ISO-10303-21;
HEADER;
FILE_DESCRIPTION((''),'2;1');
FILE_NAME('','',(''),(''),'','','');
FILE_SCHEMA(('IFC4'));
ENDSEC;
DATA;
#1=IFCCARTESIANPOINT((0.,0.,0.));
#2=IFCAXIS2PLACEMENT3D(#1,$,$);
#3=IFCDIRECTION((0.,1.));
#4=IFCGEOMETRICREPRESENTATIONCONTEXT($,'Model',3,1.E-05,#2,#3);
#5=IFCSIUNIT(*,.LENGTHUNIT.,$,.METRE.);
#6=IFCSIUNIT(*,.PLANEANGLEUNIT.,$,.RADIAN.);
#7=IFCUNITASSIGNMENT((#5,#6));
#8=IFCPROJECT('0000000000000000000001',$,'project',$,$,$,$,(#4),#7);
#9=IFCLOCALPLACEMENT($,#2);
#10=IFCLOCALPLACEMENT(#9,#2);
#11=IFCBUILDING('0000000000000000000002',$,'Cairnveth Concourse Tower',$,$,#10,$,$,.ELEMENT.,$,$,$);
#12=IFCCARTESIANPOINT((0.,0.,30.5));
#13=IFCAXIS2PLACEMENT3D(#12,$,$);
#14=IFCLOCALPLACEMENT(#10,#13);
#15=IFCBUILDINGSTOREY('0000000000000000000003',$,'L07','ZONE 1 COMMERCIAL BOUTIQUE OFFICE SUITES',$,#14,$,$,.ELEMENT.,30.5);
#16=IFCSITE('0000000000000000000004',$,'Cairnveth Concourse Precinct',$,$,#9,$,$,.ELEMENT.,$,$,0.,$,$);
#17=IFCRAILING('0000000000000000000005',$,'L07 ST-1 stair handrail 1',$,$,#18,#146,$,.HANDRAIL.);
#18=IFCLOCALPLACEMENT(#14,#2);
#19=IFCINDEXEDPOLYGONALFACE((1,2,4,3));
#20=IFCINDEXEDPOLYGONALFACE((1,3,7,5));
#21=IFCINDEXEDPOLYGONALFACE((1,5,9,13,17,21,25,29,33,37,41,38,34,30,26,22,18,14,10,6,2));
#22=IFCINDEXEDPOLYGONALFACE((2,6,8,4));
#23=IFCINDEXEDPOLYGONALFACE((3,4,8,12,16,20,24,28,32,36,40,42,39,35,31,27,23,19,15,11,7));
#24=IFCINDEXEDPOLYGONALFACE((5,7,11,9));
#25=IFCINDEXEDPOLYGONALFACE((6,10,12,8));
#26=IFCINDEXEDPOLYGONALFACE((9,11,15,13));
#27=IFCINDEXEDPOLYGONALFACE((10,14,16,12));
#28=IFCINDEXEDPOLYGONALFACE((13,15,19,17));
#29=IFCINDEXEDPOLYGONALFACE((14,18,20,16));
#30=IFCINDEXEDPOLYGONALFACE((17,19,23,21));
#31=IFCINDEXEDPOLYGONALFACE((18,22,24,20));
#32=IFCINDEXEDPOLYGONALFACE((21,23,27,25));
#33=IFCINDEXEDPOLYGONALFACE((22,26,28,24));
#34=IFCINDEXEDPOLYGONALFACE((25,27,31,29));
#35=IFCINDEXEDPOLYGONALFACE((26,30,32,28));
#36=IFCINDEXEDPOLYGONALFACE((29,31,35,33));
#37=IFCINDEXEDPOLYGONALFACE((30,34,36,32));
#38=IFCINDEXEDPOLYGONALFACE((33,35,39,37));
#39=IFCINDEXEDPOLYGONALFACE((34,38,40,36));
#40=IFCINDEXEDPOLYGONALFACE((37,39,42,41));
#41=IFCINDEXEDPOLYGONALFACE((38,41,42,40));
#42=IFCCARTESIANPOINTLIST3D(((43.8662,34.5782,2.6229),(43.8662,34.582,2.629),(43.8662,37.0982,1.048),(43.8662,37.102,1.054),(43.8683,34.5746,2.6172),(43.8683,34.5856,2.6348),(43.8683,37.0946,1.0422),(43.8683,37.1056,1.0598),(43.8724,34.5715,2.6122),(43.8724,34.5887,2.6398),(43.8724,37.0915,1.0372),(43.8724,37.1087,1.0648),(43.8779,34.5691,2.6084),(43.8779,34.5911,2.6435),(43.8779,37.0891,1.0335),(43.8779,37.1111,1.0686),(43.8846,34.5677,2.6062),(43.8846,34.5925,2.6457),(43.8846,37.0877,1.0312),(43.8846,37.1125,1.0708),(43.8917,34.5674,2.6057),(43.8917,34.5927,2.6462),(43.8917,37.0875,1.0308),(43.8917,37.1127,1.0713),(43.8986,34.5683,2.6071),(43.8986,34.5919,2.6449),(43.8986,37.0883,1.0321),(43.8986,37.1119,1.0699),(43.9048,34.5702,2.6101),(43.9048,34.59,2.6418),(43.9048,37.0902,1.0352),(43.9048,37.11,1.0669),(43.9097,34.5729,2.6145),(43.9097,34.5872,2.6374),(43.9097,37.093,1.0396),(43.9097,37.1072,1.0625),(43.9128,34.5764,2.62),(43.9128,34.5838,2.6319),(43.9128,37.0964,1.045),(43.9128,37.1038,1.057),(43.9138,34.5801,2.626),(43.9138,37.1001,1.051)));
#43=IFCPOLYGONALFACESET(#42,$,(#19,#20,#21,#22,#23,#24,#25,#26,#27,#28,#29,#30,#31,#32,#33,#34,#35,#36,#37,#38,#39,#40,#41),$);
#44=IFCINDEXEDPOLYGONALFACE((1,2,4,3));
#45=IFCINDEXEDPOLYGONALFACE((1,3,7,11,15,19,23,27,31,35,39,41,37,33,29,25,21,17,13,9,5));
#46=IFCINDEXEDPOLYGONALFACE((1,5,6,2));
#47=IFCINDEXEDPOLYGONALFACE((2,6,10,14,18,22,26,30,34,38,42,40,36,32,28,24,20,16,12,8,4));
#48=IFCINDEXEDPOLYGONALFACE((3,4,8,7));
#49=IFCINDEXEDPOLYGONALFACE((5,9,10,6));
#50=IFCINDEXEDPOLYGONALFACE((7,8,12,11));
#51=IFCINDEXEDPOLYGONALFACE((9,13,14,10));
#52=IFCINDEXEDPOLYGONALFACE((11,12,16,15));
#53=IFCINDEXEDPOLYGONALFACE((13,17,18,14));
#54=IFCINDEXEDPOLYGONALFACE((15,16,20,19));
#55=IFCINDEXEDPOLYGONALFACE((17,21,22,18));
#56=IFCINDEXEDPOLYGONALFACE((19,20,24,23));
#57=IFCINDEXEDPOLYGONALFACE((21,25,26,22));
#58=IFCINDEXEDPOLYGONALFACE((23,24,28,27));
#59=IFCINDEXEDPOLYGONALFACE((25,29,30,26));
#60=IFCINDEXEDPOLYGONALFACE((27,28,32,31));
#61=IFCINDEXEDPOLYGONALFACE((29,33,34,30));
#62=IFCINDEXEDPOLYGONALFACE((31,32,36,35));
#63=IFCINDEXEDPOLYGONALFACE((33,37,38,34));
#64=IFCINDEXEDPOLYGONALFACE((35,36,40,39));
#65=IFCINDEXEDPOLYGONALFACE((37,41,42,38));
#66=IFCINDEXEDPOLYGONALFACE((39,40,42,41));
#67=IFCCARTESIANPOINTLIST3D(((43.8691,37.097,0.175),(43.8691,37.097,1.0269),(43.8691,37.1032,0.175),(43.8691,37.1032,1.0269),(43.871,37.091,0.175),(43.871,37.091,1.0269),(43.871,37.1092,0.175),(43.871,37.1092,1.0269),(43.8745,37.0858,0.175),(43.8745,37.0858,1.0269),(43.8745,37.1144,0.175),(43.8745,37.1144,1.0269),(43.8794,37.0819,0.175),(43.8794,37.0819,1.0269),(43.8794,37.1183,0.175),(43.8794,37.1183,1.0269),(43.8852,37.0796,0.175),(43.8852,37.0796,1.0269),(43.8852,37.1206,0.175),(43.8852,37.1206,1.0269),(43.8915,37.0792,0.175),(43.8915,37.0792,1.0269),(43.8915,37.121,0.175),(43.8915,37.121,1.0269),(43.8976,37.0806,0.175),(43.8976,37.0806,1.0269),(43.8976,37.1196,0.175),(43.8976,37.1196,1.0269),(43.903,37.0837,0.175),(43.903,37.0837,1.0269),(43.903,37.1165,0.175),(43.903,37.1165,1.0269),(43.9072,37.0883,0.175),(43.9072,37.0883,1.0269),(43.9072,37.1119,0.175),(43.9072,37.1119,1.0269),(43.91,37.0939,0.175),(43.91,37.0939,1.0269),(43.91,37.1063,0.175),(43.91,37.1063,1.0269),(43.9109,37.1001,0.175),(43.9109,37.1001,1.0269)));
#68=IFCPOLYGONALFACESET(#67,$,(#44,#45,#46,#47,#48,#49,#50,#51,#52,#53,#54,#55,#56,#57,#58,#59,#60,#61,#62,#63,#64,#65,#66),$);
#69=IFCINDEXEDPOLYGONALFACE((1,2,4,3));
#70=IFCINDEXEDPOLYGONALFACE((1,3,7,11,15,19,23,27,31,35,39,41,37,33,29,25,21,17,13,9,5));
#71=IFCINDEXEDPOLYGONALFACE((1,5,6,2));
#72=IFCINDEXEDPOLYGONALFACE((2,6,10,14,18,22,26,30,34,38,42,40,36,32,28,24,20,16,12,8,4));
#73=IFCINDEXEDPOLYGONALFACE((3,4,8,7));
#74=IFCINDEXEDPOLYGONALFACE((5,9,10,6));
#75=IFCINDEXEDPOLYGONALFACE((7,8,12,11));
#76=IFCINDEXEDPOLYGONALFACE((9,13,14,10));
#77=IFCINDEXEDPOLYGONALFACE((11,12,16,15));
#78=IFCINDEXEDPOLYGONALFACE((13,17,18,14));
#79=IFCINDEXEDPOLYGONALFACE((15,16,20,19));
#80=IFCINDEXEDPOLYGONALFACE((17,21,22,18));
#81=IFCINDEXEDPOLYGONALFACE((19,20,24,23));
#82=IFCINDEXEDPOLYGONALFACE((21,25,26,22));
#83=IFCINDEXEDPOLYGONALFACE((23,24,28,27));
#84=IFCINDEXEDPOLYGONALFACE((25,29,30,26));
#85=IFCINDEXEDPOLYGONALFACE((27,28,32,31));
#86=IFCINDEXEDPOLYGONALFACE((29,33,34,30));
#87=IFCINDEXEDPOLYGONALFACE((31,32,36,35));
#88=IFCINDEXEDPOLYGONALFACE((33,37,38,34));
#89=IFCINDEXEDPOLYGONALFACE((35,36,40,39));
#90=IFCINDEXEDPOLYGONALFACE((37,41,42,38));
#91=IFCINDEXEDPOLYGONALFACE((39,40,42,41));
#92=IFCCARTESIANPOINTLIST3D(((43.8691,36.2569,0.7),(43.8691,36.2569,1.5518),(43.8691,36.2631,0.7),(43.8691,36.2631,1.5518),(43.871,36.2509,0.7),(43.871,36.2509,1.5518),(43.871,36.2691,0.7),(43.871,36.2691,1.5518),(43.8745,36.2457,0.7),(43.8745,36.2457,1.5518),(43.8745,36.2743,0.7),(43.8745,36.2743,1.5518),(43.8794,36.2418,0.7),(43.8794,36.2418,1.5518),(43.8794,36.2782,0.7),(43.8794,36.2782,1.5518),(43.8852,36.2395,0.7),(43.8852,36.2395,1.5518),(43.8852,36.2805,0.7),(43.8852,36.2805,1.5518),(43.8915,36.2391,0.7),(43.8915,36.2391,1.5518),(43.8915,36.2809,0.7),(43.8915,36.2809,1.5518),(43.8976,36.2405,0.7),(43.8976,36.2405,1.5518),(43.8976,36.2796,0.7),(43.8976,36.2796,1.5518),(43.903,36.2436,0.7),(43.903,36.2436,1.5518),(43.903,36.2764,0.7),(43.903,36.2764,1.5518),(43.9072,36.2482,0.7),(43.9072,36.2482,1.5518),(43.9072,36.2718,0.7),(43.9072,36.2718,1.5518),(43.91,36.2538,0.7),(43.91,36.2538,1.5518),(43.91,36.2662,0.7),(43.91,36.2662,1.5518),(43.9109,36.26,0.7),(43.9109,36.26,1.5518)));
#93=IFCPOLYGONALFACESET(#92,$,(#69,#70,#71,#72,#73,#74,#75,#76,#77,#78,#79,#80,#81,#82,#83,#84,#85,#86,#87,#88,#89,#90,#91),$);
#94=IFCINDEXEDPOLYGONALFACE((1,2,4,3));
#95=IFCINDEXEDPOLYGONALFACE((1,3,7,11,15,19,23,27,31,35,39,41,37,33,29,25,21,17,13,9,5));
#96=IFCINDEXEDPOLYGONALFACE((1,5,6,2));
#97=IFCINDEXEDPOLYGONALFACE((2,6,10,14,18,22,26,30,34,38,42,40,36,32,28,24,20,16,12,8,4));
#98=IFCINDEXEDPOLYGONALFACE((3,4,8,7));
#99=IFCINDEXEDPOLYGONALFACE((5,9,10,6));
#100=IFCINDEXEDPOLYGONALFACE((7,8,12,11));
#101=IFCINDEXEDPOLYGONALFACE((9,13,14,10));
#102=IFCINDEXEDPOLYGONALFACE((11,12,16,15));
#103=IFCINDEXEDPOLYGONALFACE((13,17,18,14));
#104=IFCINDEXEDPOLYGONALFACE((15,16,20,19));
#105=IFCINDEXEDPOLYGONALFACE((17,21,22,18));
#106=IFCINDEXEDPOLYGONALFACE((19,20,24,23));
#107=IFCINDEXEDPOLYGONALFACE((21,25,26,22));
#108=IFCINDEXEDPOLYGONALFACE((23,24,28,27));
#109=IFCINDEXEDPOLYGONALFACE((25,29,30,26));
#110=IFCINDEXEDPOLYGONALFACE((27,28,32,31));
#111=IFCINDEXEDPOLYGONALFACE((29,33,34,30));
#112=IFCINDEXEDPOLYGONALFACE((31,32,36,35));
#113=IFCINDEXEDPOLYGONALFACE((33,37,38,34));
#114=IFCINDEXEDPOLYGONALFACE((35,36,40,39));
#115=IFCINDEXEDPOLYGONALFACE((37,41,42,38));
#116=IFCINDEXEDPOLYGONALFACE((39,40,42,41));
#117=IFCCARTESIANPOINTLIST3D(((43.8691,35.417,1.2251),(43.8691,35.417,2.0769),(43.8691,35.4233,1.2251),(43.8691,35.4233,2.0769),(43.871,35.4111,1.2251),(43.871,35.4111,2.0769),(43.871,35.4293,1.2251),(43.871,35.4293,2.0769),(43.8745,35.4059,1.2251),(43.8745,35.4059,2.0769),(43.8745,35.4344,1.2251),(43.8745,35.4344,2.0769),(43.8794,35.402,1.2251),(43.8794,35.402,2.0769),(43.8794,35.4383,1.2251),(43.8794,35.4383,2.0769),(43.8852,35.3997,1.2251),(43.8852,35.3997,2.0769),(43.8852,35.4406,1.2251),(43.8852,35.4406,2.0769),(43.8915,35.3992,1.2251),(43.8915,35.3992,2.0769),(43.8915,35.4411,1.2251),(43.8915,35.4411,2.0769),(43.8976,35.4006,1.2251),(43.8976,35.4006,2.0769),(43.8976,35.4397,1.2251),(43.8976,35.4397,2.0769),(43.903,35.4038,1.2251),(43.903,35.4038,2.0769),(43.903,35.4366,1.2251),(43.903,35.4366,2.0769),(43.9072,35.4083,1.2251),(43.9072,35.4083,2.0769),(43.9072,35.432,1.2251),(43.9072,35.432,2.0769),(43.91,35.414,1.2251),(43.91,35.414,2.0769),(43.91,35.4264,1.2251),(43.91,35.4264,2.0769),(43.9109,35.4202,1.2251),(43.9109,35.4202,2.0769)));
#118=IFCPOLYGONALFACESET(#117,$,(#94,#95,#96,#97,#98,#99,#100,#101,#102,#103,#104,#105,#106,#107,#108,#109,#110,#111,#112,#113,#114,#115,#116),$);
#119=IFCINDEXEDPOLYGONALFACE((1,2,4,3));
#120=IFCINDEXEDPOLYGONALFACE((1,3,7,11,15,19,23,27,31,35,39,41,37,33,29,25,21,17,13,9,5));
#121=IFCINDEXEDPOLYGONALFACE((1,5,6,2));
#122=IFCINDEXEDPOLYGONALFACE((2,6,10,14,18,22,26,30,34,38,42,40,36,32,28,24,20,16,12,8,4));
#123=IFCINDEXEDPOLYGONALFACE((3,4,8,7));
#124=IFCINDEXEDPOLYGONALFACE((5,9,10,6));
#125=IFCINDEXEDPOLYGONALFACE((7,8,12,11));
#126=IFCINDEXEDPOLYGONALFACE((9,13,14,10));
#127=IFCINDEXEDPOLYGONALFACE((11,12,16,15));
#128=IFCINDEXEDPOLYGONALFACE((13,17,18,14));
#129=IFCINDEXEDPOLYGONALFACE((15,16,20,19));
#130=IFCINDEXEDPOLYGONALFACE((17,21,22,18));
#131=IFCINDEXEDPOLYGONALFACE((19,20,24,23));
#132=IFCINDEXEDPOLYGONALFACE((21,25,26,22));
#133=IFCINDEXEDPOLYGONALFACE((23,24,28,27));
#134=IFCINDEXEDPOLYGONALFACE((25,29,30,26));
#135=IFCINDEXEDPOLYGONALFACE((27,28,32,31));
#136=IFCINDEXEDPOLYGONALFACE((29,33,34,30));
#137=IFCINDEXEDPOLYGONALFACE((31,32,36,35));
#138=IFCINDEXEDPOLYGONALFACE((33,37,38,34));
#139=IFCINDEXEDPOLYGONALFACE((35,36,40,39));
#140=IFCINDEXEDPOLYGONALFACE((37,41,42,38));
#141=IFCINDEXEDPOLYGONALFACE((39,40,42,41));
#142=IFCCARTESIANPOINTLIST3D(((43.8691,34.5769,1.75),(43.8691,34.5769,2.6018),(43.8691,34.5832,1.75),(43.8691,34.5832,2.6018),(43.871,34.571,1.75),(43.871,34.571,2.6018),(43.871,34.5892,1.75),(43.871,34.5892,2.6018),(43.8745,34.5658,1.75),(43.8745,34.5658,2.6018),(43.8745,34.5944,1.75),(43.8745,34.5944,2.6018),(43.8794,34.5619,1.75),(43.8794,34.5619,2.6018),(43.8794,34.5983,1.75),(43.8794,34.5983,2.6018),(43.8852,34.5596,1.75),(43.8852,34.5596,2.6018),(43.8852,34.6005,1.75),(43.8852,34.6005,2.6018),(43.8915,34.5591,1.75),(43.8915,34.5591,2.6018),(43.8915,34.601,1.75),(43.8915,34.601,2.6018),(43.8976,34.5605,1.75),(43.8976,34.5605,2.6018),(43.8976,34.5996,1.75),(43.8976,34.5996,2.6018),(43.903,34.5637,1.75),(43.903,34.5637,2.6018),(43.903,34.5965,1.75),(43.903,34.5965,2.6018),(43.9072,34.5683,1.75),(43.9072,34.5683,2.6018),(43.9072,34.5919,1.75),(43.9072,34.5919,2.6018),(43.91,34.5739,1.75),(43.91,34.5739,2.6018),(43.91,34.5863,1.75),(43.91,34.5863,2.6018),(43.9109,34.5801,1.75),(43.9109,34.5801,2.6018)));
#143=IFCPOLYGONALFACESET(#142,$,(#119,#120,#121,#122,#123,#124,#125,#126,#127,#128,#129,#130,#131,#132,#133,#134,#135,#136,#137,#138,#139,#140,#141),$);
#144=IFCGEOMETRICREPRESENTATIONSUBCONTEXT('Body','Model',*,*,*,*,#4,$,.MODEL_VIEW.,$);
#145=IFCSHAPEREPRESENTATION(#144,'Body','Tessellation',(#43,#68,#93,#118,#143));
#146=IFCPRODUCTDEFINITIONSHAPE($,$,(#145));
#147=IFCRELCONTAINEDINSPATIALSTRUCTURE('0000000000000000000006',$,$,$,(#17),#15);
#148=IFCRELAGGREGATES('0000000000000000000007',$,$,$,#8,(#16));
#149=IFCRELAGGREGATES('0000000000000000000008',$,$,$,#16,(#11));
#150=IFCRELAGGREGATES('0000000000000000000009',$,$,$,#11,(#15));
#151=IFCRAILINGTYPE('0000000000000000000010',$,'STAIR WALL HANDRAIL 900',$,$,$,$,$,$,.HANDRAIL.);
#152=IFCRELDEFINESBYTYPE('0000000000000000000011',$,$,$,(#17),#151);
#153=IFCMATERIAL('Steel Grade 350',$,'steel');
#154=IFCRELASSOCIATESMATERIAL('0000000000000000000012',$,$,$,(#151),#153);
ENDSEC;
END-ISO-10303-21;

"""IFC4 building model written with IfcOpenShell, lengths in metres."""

from ifc_helpers import new_model, si_unit, direction, frame, origin, origin_2d, place, context, subcontext, project, spatial, circle, extrude, material, type_object, element, save


model = new_model("IFC4")

# Units and contexts
model_context = context("Model", 3, precision=1e-05, world=origin(), true_north=direction((0.0, 1.0)))
body_context = subcontext(model_context, "Body", "Model", "MODEL_VIEW")
ifc_project = project(units=[si_unit("LENGTHUNIT", "METRE"), si_unit("PLANEANGLEUNIT", "RADIAN")], contexts=[model_context])

# Site, building, storey
site_placement = place(None, origin())
site = spatial("IfcSite", under=ifc_project, at=site_placement, Name="Cairnveth Concourse Precinct", CompositionType="ELEMENT", RefElevation=0.0)
building_placement = place(site_placement, origin())
building = spatial("IfcBuilding", under=site, at=building_placement, Name="Cairnveth Concourse Tower", CompositionType="ELEMENT")
storey_placement = place(building_placement, frame((0.0, 0.0, 30.5)))
storey = spatial("IfcBuildingStorey", under=building, at=storey_placement, Name="L07", Description="ZONE 1 COMMERCIAL BOUTIQUE OFFICE SUITES", CompositionType="ELEMENT", Elevation=30.5)

# Shared definitions
ifc_material_1 = material(Name="Steel Grade 350", Category="steel")

# Railing
railing_type_1 = type_object("IfcRailingType", Name="STAIR WALL HANDRAIL 900", PredefinedType="HANDRAIL", material=ifc_material_1)
railing_1_placement = place(storey_placement, frame((43.8899, 37.1001, 0.175)))
element("IfcRailing", 1, at=railing_1_placement, inside=storey, type_object=railing_type_1, Name="L07 ST-1 stair handrail 1", PredefinedType="HANDRAIL", context=body_context, shape_type="SweptSolid", body=[
    extrude(circle(Radius=0.0239, at=origin_2d()), frame((0.0, 0.0, 0.876), z_axis=(0.0, -0.848008, 0.529984), x_axis=(1.0, 0.0, 0.0)), (0.0, 0.0, 1.0), 2.9717),
    extrude(circle(Radius=0.021, at=origin_2d()), origin(), (0.0, 0.0, 1.0), 0.8518),
    extrude(circle(Radius=0.021, at=origin_2d()), frame((0.0, -0.8401, 0.5249)), (0.0, 0.0, 1.0), 0.8518),
    extrude(circle(Radius=0.021, at=origin_2d()), frame((0.0, -1.6799, 1.05)), (0.0, 0.0, 1.0), 0.8518),
    extrude(circle(Radius=0.021, at=origin_2d()), frame((0.0, -2.52, 1.575)), (0.0, 0.0, 1.0), 0.8518),
])

save(model, "model.ifc")
